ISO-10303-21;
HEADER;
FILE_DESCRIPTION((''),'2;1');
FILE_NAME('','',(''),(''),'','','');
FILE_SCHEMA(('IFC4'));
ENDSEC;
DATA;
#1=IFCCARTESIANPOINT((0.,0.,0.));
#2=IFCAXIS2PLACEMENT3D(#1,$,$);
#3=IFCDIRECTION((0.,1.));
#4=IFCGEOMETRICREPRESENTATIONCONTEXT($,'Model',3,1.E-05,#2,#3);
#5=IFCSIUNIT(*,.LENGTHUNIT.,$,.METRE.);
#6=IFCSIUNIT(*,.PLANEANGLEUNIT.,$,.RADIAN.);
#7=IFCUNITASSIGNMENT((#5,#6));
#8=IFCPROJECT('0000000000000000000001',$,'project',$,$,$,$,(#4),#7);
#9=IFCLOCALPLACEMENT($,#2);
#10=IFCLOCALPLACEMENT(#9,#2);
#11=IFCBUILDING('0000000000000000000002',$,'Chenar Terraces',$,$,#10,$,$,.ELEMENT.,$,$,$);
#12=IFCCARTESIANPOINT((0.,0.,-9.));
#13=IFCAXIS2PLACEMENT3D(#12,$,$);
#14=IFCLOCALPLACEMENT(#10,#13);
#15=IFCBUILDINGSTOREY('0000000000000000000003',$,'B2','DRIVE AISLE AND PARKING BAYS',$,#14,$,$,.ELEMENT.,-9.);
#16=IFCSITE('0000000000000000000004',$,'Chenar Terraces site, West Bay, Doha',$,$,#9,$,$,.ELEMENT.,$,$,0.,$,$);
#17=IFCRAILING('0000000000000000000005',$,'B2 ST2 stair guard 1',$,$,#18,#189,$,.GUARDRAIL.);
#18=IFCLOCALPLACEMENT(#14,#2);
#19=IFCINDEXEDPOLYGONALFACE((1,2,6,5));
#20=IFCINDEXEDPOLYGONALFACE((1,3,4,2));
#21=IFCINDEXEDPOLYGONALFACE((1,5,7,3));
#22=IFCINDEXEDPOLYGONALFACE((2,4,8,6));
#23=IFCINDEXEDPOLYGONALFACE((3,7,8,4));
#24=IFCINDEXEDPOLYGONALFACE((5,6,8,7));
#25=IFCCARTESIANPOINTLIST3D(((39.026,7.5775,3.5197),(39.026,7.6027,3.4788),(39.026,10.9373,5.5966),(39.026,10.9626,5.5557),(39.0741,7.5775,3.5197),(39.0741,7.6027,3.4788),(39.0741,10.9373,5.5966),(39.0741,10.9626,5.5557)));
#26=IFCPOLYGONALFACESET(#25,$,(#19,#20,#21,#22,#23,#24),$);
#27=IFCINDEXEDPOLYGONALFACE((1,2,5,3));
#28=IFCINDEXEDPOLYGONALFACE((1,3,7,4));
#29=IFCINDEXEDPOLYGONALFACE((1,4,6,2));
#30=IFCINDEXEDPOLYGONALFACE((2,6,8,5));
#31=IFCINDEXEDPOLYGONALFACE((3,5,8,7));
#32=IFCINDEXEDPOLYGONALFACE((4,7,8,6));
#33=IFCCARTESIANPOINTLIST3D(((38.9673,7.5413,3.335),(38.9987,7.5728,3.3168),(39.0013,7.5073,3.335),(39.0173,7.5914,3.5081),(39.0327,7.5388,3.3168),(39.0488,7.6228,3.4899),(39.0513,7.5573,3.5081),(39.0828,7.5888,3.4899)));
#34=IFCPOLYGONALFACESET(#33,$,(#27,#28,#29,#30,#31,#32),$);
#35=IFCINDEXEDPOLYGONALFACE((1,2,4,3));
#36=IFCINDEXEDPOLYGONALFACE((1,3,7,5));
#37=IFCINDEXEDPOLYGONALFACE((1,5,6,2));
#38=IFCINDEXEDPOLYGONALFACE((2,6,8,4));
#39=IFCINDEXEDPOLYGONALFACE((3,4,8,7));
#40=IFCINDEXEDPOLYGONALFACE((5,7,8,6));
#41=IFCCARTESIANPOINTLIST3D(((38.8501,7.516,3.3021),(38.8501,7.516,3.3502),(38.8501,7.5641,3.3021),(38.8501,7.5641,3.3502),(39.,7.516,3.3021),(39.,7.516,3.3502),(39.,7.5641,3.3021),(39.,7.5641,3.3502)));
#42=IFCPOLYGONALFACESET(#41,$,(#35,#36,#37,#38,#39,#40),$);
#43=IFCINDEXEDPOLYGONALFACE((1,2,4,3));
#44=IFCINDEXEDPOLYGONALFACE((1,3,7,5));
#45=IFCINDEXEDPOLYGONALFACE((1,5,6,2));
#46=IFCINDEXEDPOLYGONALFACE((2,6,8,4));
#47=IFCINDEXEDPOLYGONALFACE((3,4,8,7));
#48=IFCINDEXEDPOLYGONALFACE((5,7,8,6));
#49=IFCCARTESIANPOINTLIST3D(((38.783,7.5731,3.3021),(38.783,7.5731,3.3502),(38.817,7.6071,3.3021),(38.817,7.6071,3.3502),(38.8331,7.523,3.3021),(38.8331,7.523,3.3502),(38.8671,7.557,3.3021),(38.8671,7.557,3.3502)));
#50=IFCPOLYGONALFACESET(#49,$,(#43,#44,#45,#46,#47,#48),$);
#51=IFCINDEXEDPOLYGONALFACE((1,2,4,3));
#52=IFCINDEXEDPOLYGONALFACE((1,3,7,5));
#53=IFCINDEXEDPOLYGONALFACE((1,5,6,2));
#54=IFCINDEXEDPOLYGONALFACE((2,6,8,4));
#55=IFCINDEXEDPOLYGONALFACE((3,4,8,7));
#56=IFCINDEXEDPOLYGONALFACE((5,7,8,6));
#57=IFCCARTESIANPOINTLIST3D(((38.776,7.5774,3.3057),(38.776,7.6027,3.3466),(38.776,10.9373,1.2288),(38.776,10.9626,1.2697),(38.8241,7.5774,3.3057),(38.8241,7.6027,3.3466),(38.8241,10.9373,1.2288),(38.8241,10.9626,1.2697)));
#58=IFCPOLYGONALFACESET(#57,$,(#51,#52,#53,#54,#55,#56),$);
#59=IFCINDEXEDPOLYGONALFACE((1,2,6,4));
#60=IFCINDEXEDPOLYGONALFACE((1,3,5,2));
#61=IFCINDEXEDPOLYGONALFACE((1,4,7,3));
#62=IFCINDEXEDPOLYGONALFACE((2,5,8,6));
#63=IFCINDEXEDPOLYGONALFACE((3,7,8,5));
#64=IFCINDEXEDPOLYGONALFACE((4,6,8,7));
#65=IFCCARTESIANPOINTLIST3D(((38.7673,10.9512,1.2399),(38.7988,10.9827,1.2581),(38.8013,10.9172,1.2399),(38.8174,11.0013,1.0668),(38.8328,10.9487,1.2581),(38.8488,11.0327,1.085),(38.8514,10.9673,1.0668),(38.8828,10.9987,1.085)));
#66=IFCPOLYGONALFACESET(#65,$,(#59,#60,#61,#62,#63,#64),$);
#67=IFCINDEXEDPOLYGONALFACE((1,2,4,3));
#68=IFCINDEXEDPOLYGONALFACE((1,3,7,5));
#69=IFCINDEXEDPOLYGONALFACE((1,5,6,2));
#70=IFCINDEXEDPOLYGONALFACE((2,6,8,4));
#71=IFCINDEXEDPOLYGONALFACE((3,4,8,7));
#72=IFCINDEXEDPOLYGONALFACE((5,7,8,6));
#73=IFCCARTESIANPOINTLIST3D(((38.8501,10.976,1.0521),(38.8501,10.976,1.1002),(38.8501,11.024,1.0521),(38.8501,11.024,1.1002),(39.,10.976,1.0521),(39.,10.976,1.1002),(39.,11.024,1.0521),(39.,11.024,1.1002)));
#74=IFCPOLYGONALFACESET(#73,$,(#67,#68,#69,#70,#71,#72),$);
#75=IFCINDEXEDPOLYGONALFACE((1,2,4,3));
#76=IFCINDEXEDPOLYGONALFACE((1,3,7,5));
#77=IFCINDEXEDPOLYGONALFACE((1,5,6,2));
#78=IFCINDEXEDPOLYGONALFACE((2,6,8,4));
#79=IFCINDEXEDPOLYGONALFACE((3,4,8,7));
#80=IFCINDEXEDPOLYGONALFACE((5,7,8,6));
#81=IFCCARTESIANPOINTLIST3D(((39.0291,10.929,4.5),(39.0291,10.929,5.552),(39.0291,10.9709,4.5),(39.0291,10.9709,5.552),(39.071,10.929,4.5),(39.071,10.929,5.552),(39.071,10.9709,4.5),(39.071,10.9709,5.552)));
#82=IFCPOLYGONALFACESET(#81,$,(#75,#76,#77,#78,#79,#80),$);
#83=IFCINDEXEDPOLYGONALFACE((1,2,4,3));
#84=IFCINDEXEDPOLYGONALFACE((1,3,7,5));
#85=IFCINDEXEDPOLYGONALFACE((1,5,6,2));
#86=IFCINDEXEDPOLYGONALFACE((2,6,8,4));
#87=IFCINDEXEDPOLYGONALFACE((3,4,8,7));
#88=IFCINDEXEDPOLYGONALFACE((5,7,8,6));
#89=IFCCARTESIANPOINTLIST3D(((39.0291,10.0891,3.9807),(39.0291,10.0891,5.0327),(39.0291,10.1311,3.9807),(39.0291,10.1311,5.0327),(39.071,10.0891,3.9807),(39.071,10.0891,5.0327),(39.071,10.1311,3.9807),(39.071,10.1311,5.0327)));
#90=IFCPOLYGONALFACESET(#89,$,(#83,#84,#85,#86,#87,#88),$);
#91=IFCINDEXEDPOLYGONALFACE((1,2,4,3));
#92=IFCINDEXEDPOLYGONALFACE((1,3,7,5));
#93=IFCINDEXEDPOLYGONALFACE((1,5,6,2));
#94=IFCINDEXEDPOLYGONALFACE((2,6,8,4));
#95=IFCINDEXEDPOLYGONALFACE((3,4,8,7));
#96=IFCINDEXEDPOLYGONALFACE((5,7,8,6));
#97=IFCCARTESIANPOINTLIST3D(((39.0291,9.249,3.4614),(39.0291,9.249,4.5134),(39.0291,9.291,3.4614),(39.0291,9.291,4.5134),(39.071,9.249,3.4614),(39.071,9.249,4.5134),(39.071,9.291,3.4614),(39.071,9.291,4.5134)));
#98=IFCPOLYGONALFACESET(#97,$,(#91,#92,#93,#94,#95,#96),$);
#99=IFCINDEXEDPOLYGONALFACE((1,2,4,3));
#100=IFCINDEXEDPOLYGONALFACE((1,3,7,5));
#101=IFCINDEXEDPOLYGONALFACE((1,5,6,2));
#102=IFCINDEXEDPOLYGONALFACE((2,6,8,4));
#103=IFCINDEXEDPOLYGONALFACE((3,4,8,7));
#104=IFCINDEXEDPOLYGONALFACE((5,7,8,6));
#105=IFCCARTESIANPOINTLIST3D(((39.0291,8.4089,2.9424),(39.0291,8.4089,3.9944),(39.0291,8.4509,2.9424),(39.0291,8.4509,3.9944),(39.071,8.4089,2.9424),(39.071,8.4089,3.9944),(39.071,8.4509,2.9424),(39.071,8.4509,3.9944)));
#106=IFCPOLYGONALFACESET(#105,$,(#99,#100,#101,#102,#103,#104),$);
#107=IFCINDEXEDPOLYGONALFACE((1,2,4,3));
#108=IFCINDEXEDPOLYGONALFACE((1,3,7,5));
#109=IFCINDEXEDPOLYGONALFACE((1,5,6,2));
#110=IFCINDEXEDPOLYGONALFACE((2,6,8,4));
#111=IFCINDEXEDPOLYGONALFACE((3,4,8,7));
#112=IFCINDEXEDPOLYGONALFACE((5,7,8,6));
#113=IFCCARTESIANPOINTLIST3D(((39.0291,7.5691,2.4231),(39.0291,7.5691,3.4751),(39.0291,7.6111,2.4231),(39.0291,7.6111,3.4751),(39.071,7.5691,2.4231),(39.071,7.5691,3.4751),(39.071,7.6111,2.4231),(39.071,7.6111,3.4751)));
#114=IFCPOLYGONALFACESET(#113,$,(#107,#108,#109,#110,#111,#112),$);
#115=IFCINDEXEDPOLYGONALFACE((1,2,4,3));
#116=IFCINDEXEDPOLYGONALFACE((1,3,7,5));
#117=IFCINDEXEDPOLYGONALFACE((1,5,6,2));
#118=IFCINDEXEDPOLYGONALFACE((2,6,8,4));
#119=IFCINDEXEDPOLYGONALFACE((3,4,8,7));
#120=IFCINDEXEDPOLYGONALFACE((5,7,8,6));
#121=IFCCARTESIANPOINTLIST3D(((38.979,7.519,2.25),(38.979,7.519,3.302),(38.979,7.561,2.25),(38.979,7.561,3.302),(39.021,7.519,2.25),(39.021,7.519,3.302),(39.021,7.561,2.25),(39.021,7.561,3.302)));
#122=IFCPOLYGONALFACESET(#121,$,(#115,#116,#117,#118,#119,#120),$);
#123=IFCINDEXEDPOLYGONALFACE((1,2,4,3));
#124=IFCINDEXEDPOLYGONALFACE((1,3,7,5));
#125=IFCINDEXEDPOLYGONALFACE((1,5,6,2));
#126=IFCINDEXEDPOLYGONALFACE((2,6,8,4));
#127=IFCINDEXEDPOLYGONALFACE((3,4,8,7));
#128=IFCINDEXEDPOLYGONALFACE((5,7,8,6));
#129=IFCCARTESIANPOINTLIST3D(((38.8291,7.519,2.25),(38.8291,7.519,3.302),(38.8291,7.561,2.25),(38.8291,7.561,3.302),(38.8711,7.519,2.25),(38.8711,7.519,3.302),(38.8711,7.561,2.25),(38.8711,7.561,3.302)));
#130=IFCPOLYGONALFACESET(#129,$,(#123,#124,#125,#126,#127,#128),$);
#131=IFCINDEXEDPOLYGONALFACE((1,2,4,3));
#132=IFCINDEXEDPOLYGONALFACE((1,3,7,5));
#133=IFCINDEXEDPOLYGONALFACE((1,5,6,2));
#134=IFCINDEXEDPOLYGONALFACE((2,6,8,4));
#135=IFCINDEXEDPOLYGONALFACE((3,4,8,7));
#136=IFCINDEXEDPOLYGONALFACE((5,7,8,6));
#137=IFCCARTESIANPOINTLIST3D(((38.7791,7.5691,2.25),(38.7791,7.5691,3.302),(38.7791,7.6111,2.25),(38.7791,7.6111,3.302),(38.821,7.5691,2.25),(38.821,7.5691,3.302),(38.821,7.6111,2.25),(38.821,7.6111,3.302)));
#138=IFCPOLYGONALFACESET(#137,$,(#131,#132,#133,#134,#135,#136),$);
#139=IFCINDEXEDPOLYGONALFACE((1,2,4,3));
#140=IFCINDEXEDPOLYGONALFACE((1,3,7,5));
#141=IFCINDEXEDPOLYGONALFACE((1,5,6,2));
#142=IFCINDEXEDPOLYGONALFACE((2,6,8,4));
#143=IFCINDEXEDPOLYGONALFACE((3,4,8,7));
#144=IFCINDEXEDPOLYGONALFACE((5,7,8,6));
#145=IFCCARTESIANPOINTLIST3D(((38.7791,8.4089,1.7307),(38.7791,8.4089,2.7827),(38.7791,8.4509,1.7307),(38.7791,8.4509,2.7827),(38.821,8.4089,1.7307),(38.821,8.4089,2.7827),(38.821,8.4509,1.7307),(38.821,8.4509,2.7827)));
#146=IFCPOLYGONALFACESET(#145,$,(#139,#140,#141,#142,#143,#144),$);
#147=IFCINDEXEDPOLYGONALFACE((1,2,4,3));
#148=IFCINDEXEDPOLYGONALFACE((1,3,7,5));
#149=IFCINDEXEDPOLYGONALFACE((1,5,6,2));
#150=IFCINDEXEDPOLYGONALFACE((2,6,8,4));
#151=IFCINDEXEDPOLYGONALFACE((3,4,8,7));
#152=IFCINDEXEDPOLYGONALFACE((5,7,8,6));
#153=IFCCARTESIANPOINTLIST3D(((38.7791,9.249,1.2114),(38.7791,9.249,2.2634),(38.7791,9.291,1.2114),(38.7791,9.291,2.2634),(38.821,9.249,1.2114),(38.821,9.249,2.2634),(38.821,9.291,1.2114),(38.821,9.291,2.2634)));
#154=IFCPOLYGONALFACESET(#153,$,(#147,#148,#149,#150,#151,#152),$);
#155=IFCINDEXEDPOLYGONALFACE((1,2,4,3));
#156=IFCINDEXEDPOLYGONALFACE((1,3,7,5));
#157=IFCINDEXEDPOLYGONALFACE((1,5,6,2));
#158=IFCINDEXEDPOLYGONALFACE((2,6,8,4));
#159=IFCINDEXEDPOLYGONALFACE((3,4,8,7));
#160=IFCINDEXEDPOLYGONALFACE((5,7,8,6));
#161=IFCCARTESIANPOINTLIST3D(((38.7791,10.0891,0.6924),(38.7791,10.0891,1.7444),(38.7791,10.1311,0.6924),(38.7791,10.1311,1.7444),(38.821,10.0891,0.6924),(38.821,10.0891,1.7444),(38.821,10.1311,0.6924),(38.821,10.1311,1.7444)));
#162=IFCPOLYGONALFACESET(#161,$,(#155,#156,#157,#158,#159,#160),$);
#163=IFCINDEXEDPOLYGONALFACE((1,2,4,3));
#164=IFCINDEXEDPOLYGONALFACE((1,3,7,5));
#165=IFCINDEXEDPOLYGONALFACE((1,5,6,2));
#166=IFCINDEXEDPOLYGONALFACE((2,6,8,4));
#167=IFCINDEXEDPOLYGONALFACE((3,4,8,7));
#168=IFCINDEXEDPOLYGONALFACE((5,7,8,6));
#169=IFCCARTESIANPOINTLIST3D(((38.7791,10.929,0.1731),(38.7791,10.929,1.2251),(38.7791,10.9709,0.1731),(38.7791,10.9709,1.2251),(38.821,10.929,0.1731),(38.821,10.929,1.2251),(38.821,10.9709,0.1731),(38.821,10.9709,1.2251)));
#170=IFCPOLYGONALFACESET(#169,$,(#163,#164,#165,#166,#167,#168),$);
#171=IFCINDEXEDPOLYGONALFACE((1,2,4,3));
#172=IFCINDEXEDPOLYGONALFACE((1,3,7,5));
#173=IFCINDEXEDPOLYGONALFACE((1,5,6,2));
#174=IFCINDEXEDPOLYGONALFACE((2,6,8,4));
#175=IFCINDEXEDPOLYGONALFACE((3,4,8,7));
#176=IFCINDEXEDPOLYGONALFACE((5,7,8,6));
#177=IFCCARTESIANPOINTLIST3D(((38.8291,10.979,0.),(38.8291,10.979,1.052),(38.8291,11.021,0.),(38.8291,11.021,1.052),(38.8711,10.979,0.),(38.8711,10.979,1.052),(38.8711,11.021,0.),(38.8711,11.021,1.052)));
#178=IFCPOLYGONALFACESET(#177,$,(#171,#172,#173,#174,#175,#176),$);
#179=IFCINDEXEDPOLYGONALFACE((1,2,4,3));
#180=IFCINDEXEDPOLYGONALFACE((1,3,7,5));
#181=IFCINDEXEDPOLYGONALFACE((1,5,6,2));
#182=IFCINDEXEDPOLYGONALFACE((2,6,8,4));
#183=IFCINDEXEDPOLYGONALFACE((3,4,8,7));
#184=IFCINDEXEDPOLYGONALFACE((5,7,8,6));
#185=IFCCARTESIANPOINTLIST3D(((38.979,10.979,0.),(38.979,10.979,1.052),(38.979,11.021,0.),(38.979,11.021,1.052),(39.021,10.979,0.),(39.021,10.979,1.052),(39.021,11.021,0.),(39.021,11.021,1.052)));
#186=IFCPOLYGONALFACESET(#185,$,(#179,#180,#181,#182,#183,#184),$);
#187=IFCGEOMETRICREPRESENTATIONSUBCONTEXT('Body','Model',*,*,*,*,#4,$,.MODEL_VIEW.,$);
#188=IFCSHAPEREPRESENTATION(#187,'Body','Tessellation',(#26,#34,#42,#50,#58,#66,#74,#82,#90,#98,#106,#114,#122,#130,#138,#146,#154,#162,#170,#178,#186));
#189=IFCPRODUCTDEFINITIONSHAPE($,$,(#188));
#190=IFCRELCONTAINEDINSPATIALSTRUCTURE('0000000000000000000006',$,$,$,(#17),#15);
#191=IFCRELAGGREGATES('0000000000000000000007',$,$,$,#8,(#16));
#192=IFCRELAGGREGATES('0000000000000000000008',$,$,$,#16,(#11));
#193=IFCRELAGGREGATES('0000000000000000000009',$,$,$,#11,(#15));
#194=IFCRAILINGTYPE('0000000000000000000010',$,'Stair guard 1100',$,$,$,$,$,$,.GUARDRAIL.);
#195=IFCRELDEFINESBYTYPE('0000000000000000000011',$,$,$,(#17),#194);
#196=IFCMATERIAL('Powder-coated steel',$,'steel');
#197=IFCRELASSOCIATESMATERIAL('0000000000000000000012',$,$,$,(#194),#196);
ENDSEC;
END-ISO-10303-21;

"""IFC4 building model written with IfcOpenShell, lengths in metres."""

from ifc_helpers import new_model, si_unit, direction, frame, origin, origin_2d, place, context, subcontext, project, spatial, rectangle, extrude, material, type_object, element, save


model = new_model("IFC4")

# Units and contexts
model_context = context("Model", 3, precision=1e-05, world=origin(), true_north=direction((0.0, 1.0)))
body_context = subcontext(model_context, "Body", "Model", "MODEL_VIEW")
ifc_project = project(units=[si_unit("LENGTHUNIT", "METRE"), si_unit("PLANEANGLEUNIT", "RADIAN")], contexts=[model_context])

# Site, building, storey
site_placement = place(None, origin())
site = spatial("IfcSite", under=ifc_project, at=site_placement, Name="Chenar Terraces site, West Bay, Doha", CompositionType="ELEMENT", RefElevation=0.0)
building_placement = place(site_placement, origin())
building = spatial("IfcBuilding", under=site, at=building_placement, Name="Chenar Terraces", CompositionType="ELEMENT")
storey_placement = place(building_placement, frame((0.0, 0.0, -9.0)))
storey = spatial("IfcBuildingStorey", under=building, at=storey_placement, Name="B2", Description="DRIVE AISLE AND PARKING BAYS", CompositionType="ELEMENT", Elevation=-9.0)

# Railing
ifc_material_1 = material(Name="Powder-coated steel", Category="steel")
railing_type = type_object("IfcRailingType", Name="Stair guard 1100", PredefinedType="GUARDRAIL", material=ifc_material_1)
railing_1_placement = place(storey_placement, frame((39.05, 10.95, 4.5)))
element("IfcRailing", 1, at=railing_1_placement, inside=storey, type_object=railing_type, Name="B2 ST2 stair guard 1", PredefinedType="GUARDRAIL", context=body_context, shape_type="SweptSolid", body=[
    extrude(rectangle(XDim=0.0481, YDim=0.0481, at=origin_2d()), frame((0.0, 0.0, 1.0762), z_axis=(0.0, -0.850606, -0.525803), x_axis=(1.0, 0.0, 0.0)), (0.0, 0.0, 1.0), 3.95),
    extrude(rectangle(XDim=0.0481, YDim=0.0481, at=origin_2d()), frame((0.0, -3.3599, -1.001), z_axis=(-0.26763, -0.26763, -0.925607), x_axis=(0.707107, -0.707107, 0.0)), (0.0, 0.0, 1.0), 0.187),
    extrude(rectangle(XDim=0.0481, YDim=0.0481, at=origin_2d()), frame((-0.05, -3.4099, -1.1738), z_axis=(-1.0, 0.0, 0.0), x_axis=(0.0, -1.0, 0.0)), (0.0, 0.0, 1.0), 0.1499),
    extrude(rectangle(XDim=0.0481, YDim=0.0481, at=origin_2d()), frame((-0.2, -3.4099, -1.1738), z_axis=(-0.707107, 0.707107, 0.0), x_axis=(-0.707107, -0.707107, 0.0)), (0.0, 0.0, 1.0), 0.0708),
    extrude(rectangle(XDim=0.0481, YDim=0.0481, at=origin_2d()), frame((-0.25, -3.3599, -1.1738), z_axis=(0.0, 0.850606, -0.525803), x_axis=(-1.0, 0.0, 0.0)), (0.0, 0.0, 1.0), 3.95),
    extrude(rectangle(XDim=0.0481, YDim=0.0481, at=origin_2d()), frame((-0.25, 0.0, -3.251), z_axis=(0.26763, 0.26763, -0.925607), x_axis=(-0.707107, 0.707107, 0.0)), (0.0, 0.0, 1.0), 0.187),
    extrude(rectangle(XDim=0.0481, YDim=0.0481, at=origin_2d()), frame((-0.2, 0.05, -3.4238), z_axis=(1.0, 0.0, 0.0), x_axis=(0.0, 1.0, 0.0)), (0.0, 0.0, 1.0), 0.1499),
    extrude(rectangle(XDim=0.042, YDim=0.042, at=origin_2d()), origin(), (0.0, 0.0, 1.0), 1.052),
    extrude(rectangle(XDim=0.042, YDim=0.042, at=origin_2d()), frame((0.0, -0.8398, -0.5193)), (0.0, 0.0, 1.0), 1.052),
    extrude(rectangle(XDim=0.042, YDim=0.042, at=origin_2d()), frame((0.0, -1.6799, -1.0386)), (0.0, 0.0, 1.0), 1.052),
    extrude(rectangle(XDim=0.042, YDim=0.042, at=origin_2d()), frame((0.0, -2.52, -1.5576)), (0.0, 0.0, 1.0), 1.052),
    extrude(rectangle(XDim=0.042, YDim=0.042, at=origin_2d()), frame((0.0, -3.3599, -2.0769)), (0.0, 0.0, 1.0), 1.052),
    extrude(rectangle(XDim=0.042, YDim=0.042, at=origin_2d()), frame((-0.05, -3.4099, -2.25)), (0.0, 0.0, 1.0), 1.052),
    extrude(rectangle(XDim=0.042, YDim=0.042, at=origin_2d()), frame((-0.2, -3.4099, -2.25)), (0.0, 0.0, 1.0), 1.052),
    extrude(rectangle(XDim=0.042, YDim=0.042, at=origin_2d()), frame((-0.25, -3.3599, -2.25)), (0.0, 0.0, 1.0), 1.052),
    extrude(rectangle(XDim=0.042, YDim=0.042, at=origin_2d()), frame((-0.25, -2.52, -2.7693)), (0.0, 0.0, 1.0), 1.052),
    extrude(rectangle(XDim=0.042, YDim=0.042, at=origin_2d()), frame((-0.25, -1.6799, -3.2886)), (0.0, 0.0, 1.0), 1.052),
    extrude(rectangle(XDim=0.042, YDim=0.042, at=origin_2d()), frame((-0.25, -0.8398, -3.8076)), (0.0, 0.0, 1.0), 1.052),
    extrude(rectangle(XDim=0.042, YDim=0.042, at=origin_2d()), frame((-0.25, 0.0, -4.3269)), (0.0, 0.0, 1.0), 1.052),
    extrude(rectangle(XDim=0.042, YDim=0.042, at=origin_2d()), frame((-0.2, 0.05, -4.5)), (0.0, 0.0, 1.0), 1.052),
    extrude(rectangle(XDim=0.042, YDim=0.042, at=origin_2d()), frame((-0.05, 0.05, -4.5)), (0.0, 0.0, 1.0), 1.052),
])

save(model, "model.ifc")
